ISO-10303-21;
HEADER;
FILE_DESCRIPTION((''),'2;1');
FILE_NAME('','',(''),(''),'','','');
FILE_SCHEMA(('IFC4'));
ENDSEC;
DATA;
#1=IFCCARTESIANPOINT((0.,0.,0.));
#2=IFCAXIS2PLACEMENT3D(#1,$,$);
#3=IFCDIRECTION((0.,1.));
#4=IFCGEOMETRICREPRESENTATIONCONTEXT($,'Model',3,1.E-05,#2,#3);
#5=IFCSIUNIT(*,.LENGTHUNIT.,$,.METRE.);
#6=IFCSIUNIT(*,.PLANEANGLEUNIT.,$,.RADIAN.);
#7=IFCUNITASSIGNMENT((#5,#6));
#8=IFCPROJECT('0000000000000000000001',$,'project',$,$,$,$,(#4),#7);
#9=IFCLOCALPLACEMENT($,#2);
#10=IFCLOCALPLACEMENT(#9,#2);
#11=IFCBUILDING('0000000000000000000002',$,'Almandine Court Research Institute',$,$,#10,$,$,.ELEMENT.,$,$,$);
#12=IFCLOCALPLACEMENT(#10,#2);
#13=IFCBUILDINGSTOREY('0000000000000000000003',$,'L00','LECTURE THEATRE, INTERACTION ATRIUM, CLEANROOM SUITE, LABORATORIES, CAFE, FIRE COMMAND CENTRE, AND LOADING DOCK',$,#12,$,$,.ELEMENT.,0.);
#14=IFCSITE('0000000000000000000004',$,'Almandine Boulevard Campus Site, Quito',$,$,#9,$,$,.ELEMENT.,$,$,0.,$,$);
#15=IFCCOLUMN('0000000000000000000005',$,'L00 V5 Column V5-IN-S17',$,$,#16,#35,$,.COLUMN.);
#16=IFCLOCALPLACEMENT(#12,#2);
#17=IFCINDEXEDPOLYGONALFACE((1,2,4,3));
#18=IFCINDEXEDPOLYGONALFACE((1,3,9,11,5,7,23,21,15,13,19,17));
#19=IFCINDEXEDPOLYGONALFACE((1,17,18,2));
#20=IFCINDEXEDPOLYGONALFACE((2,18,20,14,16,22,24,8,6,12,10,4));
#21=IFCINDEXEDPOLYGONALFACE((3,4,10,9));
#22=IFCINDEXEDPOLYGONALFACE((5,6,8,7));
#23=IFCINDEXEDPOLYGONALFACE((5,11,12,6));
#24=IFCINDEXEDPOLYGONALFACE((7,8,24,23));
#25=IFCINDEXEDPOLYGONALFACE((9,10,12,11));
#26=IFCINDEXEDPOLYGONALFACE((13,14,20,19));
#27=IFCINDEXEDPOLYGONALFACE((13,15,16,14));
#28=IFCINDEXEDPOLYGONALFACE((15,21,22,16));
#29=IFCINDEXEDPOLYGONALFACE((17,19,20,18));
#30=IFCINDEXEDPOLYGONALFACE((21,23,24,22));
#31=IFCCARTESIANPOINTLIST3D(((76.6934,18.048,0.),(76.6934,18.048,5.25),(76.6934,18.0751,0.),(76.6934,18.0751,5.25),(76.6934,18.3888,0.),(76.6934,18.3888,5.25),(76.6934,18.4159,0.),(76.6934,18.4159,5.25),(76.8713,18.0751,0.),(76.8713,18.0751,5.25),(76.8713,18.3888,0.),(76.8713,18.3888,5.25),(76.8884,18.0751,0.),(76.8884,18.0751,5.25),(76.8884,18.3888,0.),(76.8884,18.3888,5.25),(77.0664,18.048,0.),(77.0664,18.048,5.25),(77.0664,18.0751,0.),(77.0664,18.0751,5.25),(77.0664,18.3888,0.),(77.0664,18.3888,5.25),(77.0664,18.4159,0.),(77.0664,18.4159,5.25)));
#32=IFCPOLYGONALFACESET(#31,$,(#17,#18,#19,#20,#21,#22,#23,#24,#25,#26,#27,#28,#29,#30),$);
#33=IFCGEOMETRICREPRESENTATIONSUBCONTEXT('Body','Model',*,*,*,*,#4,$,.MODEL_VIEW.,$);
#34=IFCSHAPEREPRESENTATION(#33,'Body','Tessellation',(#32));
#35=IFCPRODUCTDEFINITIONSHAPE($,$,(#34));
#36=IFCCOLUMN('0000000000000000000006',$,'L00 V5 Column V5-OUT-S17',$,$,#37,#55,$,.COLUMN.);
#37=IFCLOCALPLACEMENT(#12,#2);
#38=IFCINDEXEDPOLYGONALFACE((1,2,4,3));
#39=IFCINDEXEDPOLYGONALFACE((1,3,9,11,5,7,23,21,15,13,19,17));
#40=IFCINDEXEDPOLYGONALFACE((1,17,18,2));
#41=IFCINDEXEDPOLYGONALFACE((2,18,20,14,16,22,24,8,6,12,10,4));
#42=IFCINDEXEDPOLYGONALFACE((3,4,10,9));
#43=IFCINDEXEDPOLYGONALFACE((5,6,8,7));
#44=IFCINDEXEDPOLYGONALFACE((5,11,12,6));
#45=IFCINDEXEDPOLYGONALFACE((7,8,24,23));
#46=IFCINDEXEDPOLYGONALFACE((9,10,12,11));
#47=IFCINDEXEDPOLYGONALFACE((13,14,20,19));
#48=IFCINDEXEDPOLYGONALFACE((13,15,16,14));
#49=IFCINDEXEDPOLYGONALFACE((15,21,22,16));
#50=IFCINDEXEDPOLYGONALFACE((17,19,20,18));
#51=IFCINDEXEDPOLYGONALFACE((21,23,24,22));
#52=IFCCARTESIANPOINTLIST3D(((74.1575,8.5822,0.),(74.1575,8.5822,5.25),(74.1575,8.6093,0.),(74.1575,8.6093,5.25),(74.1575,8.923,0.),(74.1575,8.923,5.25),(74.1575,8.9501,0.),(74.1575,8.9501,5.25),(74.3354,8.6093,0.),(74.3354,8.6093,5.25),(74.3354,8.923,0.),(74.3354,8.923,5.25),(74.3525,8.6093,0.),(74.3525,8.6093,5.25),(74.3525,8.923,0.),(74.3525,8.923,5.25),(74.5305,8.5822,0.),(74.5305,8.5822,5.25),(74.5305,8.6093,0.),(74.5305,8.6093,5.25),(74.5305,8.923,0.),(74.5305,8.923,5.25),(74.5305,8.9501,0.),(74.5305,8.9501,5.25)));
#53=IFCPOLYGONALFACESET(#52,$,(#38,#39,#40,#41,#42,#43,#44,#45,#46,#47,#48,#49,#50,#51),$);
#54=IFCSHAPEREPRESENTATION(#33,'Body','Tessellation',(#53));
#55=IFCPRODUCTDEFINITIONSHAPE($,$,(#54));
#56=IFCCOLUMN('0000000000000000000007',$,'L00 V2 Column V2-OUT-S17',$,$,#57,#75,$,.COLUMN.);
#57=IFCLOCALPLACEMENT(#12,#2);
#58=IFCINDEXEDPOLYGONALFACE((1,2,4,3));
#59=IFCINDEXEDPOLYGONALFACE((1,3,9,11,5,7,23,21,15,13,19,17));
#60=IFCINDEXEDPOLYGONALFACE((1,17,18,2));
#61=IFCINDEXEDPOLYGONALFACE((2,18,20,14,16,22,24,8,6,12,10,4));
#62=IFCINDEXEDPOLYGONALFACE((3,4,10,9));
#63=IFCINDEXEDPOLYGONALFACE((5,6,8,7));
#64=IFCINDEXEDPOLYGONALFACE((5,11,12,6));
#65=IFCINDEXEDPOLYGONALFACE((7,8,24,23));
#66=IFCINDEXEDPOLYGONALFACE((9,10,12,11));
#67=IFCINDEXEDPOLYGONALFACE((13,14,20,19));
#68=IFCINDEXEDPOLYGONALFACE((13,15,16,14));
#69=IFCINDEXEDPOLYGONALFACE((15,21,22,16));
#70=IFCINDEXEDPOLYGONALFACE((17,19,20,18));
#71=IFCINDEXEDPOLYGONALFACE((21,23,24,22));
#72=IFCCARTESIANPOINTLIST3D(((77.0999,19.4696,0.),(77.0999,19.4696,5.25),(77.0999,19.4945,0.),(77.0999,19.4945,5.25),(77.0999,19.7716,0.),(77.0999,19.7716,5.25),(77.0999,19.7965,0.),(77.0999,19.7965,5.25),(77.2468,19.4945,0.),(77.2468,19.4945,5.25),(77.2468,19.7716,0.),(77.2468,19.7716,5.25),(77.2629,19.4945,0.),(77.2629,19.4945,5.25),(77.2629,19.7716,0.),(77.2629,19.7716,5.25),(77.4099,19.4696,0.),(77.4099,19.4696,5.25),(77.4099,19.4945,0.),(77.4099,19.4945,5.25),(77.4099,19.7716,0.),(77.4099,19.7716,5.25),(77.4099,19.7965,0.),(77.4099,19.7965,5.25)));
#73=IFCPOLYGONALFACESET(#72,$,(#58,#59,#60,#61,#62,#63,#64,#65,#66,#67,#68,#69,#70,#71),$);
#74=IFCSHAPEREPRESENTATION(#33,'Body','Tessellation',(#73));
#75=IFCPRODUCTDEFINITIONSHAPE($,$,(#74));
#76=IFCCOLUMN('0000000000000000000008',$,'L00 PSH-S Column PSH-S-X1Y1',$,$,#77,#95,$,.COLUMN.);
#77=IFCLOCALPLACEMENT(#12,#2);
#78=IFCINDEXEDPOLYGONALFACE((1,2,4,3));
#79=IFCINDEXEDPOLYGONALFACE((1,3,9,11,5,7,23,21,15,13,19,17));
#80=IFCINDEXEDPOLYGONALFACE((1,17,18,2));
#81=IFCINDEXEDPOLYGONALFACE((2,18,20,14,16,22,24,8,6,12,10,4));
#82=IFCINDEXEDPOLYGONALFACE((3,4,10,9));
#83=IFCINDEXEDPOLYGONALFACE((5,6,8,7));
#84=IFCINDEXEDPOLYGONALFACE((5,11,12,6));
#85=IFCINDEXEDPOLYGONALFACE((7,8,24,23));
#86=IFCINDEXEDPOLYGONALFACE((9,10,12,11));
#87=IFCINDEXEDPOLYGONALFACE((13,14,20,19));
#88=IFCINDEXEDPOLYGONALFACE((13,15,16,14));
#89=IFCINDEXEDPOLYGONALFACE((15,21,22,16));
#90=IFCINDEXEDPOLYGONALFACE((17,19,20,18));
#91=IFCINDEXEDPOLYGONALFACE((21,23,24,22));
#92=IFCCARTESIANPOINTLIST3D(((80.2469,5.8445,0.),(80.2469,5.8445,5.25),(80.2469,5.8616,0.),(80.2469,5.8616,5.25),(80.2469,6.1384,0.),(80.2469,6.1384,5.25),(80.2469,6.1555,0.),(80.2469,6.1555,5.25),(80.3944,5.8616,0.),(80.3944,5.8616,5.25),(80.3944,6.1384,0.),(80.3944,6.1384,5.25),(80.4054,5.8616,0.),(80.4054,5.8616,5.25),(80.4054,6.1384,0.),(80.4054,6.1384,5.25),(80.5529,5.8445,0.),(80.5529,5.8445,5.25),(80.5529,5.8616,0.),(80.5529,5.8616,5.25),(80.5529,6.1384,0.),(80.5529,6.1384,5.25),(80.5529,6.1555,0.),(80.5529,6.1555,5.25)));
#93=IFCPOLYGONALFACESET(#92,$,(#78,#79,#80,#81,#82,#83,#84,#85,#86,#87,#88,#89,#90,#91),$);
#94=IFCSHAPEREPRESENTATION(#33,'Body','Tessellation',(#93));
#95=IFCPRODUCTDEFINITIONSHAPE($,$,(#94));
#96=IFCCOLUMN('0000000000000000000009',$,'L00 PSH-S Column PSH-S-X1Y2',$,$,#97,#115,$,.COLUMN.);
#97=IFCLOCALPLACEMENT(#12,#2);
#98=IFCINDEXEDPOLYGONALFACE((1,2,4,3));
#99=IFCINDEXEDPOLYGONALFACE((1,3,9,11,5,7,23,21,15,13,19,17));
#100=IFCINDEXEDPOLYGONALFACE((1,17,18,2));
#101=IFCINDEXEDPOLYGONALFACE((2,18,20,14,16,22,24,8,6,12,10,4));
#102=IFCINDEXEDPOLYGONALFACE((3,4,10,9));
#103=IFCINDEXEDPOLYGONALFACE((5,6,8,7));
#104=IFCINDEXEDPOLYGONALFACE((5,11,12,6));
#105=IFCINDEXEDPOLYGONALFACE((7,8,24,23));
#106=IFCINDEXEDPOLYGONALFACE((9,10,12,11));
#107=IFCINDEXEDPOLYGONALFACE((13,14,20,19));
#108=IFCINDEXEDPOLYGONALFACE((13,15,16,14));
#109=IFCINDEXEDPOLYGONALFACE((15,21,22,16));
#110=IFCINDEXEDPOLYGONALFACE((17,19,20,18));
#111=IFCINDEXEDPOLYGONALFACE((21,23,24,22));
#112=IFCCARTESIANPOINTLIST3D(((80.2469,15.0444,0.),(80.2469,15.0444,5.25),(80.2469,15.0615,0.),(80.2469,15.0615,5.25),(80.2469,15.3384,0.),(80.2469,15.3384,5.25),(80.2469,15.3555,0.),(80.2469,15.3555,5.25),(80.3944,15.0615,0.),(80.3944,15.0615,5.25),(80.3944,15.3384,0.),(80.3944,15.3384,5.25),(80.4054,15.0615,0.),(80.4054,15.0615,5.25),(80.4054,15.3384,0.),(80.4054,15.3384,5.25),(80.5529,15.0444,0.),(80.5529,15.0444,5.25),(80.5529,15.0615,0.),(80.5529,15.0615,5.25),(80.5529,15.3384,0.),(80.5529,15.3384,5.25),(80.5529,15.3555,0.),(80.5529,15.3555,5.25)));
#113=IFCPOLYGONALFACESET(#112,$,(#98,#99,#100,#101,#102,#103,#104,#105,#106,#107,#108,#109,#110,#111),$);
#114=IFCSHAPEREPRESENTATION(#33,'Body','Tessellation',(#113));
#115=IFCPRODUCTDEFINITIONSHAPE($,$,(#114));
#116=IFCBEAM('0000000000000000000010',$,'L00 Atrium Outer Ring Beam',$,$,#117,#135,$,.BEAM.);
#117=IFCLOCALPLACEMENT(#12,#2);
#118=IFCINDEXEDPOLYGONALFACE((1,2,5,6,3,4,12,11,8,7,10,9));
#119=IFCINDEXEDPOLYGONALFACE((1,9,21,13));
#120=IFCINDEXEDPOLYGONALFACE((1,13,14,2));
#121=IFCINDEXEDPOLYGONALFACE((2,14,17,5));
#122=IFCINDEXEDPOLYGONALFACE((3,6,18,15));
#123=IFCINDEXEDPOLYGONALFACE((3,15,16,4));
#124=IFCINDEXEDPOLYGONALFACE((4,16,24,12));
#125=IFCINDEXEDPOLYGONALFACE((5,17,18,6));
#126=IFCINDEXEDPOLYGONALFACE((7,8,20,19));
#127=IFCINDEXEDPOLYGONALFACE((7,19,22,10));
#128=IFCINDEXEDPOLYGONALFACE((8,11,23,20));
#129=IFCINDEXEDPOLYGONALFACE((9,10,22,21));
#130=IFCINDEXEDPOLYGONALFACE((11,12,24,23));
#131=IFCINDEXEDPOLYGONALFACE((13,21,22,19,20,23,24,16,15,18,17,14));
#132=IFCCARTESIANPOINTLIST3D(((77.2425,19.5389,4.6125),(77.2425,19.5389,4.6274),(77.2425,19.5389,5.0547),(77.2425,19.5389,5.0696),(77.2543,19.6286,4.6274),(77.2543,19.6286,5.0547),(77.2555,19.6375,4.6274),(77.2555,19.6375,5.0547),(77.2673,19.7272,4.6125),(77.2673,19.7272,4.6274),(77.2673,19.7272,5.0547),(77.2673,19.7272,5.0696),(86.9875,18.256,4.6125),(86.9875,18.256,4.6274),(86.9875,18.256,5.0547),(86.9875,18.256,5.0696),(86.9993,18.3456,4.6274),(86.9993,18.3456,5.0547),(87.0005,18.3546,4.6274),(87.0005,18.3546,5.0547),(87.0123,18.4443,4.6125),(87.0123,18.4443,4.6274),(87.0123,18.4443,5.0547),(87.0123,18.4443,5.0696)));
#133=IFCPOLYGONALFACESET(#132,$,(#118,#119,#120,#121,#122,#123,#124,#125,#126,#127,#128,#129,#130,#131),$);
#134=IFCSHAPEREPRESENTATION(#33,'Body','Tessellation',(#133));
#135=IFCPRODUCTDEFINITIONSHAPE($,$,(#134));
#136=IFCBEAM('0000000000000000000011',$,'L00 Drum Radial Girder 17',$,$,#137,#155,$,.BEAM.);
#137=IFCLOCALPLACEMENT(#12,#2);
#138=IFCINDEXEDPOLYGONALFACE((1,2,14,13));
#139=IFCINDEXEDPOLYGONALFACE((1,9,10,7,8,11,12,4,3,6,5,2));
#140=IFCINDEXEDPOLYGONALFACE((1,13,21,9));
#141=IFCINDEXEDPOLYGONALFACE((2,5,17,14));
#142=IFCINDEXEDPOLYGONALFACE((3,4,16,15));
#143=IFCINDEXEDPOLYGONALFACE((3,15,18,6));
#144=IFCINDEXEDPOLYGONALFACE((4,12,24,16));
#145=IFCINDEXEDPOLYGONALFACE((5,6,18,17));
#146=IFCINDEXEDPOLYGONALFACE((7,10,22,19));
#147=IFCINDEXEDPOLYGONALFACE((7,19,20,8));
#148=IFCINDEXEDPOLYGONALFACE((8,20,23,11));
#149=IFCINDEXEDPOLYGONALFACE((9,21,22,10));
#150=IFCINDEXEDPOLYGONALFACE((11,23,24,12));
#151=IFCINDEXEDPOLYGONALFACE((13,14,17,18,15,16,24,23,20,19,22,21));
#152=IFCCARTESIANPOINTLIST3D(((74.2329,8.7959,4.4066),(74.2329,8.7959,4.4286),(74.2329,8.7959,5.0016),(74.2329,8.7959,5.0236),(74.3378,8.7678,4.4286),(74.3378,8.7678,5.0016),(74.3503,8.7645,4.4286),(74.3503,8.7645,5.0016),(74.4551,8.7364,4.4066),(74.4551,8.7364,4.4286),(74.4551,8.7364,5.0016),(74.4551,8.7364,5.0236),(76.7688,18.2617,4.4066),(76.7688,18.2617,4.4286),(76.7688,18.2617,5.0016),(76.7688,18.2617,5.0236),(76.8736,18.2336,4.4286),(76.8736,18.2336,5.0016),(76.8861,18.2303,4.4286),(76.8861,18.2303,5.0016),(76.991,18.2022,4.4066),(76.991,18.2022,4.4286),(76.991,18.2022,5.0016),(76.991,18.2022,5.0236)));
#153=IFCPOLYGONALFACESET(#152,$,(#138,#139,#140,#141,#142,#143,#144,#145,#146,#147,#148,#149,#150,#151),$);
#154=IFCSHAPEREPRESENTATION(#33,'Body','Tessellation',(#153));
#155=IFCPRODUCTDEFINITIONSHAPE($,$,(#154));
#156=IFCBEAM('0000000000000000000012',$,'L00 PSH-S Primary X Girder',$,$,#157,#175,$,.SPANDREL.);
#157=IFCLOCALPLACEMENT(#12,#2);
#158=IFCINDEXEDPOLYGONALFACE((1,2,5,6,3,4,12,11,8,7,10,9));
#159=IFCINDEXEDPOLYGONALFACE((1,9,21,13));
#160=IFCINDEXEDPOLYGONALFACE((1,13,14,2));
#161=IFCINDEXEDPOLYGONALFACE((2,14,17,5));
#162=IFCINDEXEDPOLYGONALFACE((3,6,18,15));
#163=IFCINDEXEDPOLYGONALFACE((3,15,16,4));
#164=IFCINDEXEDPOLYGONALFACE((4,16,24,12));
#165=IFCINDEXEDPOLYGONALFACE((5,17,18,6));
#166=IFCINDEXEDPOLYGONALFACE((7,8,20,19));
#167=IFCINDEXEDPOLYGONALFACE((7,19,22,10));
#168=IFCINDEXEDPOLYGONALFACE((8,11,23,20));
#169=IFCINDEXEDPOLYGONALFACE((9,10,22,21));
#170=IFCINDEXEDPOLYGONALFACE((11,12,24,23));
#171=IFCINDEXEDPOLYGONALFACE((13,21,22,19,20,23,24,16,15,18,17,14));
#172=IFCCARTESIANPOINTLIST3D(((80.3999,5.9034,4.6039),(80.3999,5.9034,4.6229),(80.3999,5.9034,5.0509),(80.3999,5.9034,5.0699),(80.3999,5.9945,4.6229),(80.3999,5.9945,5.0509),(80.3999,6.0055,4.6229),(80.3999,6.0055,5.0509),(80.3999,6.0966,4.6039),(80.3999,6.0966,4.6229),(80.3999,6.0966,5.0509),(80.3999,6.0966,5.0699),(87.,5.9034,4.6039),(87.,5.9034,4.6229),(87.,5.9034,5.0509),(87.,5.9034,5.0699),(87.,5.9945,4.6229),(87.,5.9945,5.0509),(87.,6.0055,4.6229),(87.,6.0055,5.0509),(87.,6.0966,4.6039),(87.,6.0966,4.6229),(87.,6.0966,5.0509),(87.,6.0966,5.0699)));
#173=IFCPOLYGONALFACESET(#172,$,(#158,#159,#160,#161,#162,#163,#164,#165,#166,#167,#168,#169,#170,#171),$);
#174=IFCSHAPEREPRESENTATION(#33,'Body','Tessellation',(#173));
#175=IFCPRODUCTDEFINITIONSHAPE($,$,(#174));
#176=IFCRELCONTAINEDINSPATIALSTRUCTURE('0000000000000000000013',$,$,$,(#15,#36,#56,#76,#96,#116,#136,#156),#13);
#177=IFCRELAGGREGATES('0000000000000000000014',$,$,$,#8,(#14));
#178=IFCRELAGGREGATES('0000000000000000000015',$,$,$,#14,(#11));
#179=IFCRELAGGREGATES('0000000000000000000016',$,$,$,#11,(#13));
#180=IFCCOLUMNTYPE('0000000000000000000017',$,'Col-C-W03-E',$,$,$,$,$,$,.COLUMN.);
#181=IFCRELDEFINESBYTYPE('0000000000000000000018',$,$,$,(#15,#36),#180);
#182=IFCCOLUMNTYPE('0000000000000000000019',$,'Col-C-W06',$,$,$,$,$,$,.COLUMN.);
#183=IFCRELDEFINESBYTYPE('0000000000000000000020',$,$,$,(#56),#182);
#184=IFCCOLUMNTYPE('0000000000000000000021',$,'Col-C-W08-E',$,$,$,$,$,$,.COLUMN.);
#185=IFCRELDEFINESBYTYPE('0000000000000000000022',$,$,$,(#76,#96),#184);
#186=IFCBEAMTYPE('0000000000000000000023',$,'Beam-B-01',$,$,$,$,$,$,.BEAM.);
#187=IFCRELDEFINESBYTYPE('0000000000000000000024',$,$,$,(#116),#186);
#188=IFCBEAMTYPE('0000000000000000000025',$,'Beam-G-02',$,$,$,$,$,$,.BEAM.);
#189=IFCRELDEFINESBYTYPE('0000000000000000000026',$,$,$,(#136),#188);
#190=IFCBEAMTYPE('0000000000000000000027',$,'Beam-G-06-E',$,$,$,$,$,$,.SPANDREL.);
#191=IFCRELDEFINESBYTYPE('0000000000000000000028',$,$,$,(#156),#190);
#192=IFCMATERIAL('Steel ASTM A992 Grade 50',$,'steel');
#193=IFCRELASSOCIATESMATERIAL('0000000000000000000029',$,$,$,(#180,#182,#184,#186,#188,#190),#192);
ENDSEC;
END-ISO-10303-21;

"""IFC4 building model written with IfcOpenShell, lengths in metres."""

from ifc_helpers import new_model, si_unit, direction, frame, origin, origin_2d, place, context, subcontext, project, spatial, i_section, extrude, material, material_profile, profile_set, type_object, element, save


model = new_model("IFC4")

# Units and contexts
model_context = context("Model", 3, precision=1e-05, world=origin(), true_north=direction((0.0, 1.0)))
body_context = subcontext(model_context, "Body", "Model", "MODEL_VIEW")
ifc_project = project(units=[si_unit("LENGTHUNIT", "METRE"), si_unit("PLANEANGLEUNIT", "RADIAN")], contexts=[model_context])

# Site, building, storey
site_placement = place(None, origin())
site = spatial("IfcSite", under=ifc_project, at=site_placement, Name="Almandine Boulevard Campus Site, Quito", CompositionType="ELEMENT", RefElevation=0.0)
building_placement = place(site_placement, origin())
building = spatial("IfcBuilding", under=site, at=building_placement, Name="Almandine Court Research Institute", CompositionType="ELEMENT")
storey_placement = place(building_placement, origin())
storey = spatial("IfcBuildingStorey", under=building, at=storey_placement, Name="L00", Description="LECTURE THEATRE, INTERACTION ATRIUM, CLEANROOM SUITE, LABORATORIES, CAFE, FIRE COMMAND CENTRE, AND LOADING DOCK", CompositionType="ELEMENT", Elevation=0.0)

# Columns
ifc_material_1 = material(Name="Steel ASTM A992 Grade 50", Category="steel")
ifc_material_profile_1 = material_profile(ifc_material_1, i_section(OverallWidth=0.373, OverallDepth=0.3679, WebThickness=0.0171, FlangeThickness=0.0271, at=origin_2d()), Name="W360x179")
ifc_profile_set_1 = profile_set([ifc_material_profile_1], Name="Steel ASTM A992 Grade 50")
column_type_1 = type_object("IfcColumnType", Name="Col-C-W03-E", PredefinedType="COLUMN", material=ifc_profile_set_1)
for number, where, z_axis, x_axis, name in (
    (1, (76.8799, 18.2319, 0.0), (0.0, 0.0, 1.0), (1.0, 0.0, 0.0), "L00 V5 Column V5-IN-S17"),
    (2, (74.344, 8.7661, 0.0), (0.0, 0.0, 1.0), (1.0, 0.0, 0.0), "L00 V5 Column V5-OUT-S17"),
):
    element("IfcColumn", number, at=place(storey_placement, frame(where, z_axis=z_axis, x_axis=x_axis)), inside=storey, type_object=column_type_1, Name=name, PredefinedType="COLUMN", context=body_context, shape_type="SweptSolid", body=[
        extrude(i_section(OverallWidth=0.373, OverallDepth=0.3679, WebThickness=0.0171, FlangeThickness=0.0271, at=origin_2d()), origin(), (0.0, 0.0, 1.0), 5.25),
    ])
ifc_material_profile_2 = material_profile(ifc_material_1, i_section(OverallWidth=0.3101, OverallDepth=0.3269, WebThickness=0.0161, FlangeThickness=0.0249, at=origin_2d()), Name="W310x158")
ifc_profile_set_2 = profile_set([ifc_material_profile_2], Name="Steel ASTM A992 Grade 50")
column_type_2 = type_object("IfcColumnType", Name="Col-C-W06", PredefinedType="COLUMN", material=ifc_profile_set_2)
column_placement = place(storey_placement, frame((77.2549, 19.6331, 0.0), z_axis=(0.0, 0.0, 1.0), x_axis=(1.0, 0.0, 0.0)))
element("IfcColumn", 3, at=column_placement, inside=storey, type_object=column_type_2, Name="L00 V2 Column V2-OUT-S17", PredefinedType="COLUMN", context=body_context, shape_type="SweptSolid", body=[
    extrude(i_section(OverallWidth=0.3101, OverallDepth=0.3269, WebThickness=0.0161, FlangeThickness=0.0249, at=origin_2d()), origin(), (0.0, 0.0, 1.0), 5.25),
])
ifc_material_profile_3 = material_profile(ifc_material_1, i_section(OverallWidth=0.3059, OverallDepth=0.311, WebThickness=0.011, FlangeThickness=0.0171, at=origin_2d()), Name="W310x107")
ifc_profile_set_3 = profile_set([ifc_material_profile_3], Name="Steel ASTM A992 Grade 50")
column_type_3 = type_object("IfcColumnType", Name="Col-C-W08-E", PredefinedType="COLUMN", material=ifc_profile_set_3)
for number, where, z_axis, x_axis, name in (
    (4, (80.3999, 6.0, 0.0), (0.0, 0.0, 1.0), (1.0, 0.0, 0.0), "L00 PSH-S Column PSH-S-X1Y1"),
    (5, (80.3999, 15.2, 0.0), (0.0, 0.0, 1.0), (1.0, 0.0, 0.0), "L00 PSH-S Column PSH-S-X1Y2"),
):
    element("IfcColumn", number, at=place(storey_placement, frame(where, z_axis=z_axis, x_axis=x_axis)), inside=storey, type_object=column_type_3, Name=name, PredefinedType="COLUMN", context=body_context, shape_type="SweptSolid", body=[
        extrude(i_section(OverallWidth=0.3059, OverallDepth=0.311, WebThickness=0.011, FlangeThickness=0.0171, at=origin_2d()), origin(), (0.0, 0.0, 1.0), 5.25),
    ])

# Beams
ifc_material_profile_4 = material_profile(ifc_material_1, i_section(OverallWidth=0.1899, OverallDepth=0.457, WebThickness=0.009, FlangeThickness=0.0149, at=origin_2d()), Name="W460x74")
ifc_profile_set_4 = profile_set([ifc_material_profile_4], Name="Steel ASTM A992 Grade 50")
beam_type_1 = type_object("IfcBeamType", Name="Beam-B-01", PredefinedType="BEAM", material=ifc_profile_set_4)
beam_1_placement = place(storey_placement, frame((77.2549, 19.6331, 4.8411), z_axis=(0.991445, -0.130525, 0.0), x_axis=(0.130525, 0.991445, 0.0)))
element("IfcBeam", 6, at=beam_1_placement, inside=storey, type_object=beam_type_1, Name="L00 Atrium Outer Ring Beam", PredefinedType="BEAM", context=body_context, shape_type="SweptSolid", body=[
    extrude(i_section(OverallWidth=0.1899, OverallDepth=0.457, WebThickness=0.009, FlangeThickness=0.0149, at=origin_2d()), origin(), (0.0, 0.0, 1.0), 9.8291),
])
ifc_material_profile_5 = material_profile(ifc_material_1, i_section(OverallWidth=0.23, OverallDepth=0.6169, WebThickness=0.0129, FlangeThickness=0.022, at=origin_2d()), Name="W610x140")
ifc_profile_set_5 = profile_set([ifc_material_profile_5], Name="Steel ASTM A992 Grade 50")
beam_type_2 = type_object("IfcBeamType", Name="Beam-G-02", PredefinedType="BEAM", material=ifc_profile_set_5)
beam_2_placement = place(storey_placement, frame((76.8799, 18.2319, 4.7151), z_axis=(-0.258774, -0.965938, 0.0), x_axis=(0.965938, -0.258774, 0.0)))
element("IfcBeam", 7, at=beam_2_placement, inside=storey, type_object=beam_type_2, Name="L00 Drum Radial Girder 17", PredefinedType="BEAM", context=body_context, shape_type="SweptSolid", body=[
    extrude(i_section(OverallWidth=0.23, OverallDepth=0.6169, WebThickness=0.0129, FlangeThickness=0.022, at=origin_2d()), origin(), (0.0, 0.0, 1.0), 9.7996),
])
ifc_material_profile_6 = material_profile(ifc_material_1, i_section(OverallWidth=0.1931, OverallDepth=0.4661, WebThickness=0.011, FlangeThickness=0.019, at=origin_2d()), Name="W460x97")
ifc_profile_set_6 = profile_set([ifc_material_profile_6], Name="Steel ASTM A992 Grade 50")
beam_type_3 = type_object("IfcBeamType", Name="Beam-G-06-E", PredefinedType="SPANDREL", material=ifc_profile_set_6)
for number, where, z_axis, x_axis, name in (
    (8, (80.3999, 6.0, 4.8369), (1.0, 0.0, 0.0), (0.0, 1.0, 0.0), "L00 PSH-S Primary X Girder"),
):
    element("IfcBeam", number, at=place(storey_placement, frame(where, z_axis=z_axis, x_axis=x_axis)), inside=storey, type_object=beam_type_3, Name=name, PredefinedType="SPANDREL", context=body_context, shape_type="SweptSolid", body=[
        extrude(i_section(OverallWidth=0.1931, OverallDepth=0.4661, WebThickness=0.011, FlangeThickness=0.019, at=origin_2d()), origin(), (0.0, 0.0, 1.0), 6.6001),
    ])

save(model, "model.ifc")
